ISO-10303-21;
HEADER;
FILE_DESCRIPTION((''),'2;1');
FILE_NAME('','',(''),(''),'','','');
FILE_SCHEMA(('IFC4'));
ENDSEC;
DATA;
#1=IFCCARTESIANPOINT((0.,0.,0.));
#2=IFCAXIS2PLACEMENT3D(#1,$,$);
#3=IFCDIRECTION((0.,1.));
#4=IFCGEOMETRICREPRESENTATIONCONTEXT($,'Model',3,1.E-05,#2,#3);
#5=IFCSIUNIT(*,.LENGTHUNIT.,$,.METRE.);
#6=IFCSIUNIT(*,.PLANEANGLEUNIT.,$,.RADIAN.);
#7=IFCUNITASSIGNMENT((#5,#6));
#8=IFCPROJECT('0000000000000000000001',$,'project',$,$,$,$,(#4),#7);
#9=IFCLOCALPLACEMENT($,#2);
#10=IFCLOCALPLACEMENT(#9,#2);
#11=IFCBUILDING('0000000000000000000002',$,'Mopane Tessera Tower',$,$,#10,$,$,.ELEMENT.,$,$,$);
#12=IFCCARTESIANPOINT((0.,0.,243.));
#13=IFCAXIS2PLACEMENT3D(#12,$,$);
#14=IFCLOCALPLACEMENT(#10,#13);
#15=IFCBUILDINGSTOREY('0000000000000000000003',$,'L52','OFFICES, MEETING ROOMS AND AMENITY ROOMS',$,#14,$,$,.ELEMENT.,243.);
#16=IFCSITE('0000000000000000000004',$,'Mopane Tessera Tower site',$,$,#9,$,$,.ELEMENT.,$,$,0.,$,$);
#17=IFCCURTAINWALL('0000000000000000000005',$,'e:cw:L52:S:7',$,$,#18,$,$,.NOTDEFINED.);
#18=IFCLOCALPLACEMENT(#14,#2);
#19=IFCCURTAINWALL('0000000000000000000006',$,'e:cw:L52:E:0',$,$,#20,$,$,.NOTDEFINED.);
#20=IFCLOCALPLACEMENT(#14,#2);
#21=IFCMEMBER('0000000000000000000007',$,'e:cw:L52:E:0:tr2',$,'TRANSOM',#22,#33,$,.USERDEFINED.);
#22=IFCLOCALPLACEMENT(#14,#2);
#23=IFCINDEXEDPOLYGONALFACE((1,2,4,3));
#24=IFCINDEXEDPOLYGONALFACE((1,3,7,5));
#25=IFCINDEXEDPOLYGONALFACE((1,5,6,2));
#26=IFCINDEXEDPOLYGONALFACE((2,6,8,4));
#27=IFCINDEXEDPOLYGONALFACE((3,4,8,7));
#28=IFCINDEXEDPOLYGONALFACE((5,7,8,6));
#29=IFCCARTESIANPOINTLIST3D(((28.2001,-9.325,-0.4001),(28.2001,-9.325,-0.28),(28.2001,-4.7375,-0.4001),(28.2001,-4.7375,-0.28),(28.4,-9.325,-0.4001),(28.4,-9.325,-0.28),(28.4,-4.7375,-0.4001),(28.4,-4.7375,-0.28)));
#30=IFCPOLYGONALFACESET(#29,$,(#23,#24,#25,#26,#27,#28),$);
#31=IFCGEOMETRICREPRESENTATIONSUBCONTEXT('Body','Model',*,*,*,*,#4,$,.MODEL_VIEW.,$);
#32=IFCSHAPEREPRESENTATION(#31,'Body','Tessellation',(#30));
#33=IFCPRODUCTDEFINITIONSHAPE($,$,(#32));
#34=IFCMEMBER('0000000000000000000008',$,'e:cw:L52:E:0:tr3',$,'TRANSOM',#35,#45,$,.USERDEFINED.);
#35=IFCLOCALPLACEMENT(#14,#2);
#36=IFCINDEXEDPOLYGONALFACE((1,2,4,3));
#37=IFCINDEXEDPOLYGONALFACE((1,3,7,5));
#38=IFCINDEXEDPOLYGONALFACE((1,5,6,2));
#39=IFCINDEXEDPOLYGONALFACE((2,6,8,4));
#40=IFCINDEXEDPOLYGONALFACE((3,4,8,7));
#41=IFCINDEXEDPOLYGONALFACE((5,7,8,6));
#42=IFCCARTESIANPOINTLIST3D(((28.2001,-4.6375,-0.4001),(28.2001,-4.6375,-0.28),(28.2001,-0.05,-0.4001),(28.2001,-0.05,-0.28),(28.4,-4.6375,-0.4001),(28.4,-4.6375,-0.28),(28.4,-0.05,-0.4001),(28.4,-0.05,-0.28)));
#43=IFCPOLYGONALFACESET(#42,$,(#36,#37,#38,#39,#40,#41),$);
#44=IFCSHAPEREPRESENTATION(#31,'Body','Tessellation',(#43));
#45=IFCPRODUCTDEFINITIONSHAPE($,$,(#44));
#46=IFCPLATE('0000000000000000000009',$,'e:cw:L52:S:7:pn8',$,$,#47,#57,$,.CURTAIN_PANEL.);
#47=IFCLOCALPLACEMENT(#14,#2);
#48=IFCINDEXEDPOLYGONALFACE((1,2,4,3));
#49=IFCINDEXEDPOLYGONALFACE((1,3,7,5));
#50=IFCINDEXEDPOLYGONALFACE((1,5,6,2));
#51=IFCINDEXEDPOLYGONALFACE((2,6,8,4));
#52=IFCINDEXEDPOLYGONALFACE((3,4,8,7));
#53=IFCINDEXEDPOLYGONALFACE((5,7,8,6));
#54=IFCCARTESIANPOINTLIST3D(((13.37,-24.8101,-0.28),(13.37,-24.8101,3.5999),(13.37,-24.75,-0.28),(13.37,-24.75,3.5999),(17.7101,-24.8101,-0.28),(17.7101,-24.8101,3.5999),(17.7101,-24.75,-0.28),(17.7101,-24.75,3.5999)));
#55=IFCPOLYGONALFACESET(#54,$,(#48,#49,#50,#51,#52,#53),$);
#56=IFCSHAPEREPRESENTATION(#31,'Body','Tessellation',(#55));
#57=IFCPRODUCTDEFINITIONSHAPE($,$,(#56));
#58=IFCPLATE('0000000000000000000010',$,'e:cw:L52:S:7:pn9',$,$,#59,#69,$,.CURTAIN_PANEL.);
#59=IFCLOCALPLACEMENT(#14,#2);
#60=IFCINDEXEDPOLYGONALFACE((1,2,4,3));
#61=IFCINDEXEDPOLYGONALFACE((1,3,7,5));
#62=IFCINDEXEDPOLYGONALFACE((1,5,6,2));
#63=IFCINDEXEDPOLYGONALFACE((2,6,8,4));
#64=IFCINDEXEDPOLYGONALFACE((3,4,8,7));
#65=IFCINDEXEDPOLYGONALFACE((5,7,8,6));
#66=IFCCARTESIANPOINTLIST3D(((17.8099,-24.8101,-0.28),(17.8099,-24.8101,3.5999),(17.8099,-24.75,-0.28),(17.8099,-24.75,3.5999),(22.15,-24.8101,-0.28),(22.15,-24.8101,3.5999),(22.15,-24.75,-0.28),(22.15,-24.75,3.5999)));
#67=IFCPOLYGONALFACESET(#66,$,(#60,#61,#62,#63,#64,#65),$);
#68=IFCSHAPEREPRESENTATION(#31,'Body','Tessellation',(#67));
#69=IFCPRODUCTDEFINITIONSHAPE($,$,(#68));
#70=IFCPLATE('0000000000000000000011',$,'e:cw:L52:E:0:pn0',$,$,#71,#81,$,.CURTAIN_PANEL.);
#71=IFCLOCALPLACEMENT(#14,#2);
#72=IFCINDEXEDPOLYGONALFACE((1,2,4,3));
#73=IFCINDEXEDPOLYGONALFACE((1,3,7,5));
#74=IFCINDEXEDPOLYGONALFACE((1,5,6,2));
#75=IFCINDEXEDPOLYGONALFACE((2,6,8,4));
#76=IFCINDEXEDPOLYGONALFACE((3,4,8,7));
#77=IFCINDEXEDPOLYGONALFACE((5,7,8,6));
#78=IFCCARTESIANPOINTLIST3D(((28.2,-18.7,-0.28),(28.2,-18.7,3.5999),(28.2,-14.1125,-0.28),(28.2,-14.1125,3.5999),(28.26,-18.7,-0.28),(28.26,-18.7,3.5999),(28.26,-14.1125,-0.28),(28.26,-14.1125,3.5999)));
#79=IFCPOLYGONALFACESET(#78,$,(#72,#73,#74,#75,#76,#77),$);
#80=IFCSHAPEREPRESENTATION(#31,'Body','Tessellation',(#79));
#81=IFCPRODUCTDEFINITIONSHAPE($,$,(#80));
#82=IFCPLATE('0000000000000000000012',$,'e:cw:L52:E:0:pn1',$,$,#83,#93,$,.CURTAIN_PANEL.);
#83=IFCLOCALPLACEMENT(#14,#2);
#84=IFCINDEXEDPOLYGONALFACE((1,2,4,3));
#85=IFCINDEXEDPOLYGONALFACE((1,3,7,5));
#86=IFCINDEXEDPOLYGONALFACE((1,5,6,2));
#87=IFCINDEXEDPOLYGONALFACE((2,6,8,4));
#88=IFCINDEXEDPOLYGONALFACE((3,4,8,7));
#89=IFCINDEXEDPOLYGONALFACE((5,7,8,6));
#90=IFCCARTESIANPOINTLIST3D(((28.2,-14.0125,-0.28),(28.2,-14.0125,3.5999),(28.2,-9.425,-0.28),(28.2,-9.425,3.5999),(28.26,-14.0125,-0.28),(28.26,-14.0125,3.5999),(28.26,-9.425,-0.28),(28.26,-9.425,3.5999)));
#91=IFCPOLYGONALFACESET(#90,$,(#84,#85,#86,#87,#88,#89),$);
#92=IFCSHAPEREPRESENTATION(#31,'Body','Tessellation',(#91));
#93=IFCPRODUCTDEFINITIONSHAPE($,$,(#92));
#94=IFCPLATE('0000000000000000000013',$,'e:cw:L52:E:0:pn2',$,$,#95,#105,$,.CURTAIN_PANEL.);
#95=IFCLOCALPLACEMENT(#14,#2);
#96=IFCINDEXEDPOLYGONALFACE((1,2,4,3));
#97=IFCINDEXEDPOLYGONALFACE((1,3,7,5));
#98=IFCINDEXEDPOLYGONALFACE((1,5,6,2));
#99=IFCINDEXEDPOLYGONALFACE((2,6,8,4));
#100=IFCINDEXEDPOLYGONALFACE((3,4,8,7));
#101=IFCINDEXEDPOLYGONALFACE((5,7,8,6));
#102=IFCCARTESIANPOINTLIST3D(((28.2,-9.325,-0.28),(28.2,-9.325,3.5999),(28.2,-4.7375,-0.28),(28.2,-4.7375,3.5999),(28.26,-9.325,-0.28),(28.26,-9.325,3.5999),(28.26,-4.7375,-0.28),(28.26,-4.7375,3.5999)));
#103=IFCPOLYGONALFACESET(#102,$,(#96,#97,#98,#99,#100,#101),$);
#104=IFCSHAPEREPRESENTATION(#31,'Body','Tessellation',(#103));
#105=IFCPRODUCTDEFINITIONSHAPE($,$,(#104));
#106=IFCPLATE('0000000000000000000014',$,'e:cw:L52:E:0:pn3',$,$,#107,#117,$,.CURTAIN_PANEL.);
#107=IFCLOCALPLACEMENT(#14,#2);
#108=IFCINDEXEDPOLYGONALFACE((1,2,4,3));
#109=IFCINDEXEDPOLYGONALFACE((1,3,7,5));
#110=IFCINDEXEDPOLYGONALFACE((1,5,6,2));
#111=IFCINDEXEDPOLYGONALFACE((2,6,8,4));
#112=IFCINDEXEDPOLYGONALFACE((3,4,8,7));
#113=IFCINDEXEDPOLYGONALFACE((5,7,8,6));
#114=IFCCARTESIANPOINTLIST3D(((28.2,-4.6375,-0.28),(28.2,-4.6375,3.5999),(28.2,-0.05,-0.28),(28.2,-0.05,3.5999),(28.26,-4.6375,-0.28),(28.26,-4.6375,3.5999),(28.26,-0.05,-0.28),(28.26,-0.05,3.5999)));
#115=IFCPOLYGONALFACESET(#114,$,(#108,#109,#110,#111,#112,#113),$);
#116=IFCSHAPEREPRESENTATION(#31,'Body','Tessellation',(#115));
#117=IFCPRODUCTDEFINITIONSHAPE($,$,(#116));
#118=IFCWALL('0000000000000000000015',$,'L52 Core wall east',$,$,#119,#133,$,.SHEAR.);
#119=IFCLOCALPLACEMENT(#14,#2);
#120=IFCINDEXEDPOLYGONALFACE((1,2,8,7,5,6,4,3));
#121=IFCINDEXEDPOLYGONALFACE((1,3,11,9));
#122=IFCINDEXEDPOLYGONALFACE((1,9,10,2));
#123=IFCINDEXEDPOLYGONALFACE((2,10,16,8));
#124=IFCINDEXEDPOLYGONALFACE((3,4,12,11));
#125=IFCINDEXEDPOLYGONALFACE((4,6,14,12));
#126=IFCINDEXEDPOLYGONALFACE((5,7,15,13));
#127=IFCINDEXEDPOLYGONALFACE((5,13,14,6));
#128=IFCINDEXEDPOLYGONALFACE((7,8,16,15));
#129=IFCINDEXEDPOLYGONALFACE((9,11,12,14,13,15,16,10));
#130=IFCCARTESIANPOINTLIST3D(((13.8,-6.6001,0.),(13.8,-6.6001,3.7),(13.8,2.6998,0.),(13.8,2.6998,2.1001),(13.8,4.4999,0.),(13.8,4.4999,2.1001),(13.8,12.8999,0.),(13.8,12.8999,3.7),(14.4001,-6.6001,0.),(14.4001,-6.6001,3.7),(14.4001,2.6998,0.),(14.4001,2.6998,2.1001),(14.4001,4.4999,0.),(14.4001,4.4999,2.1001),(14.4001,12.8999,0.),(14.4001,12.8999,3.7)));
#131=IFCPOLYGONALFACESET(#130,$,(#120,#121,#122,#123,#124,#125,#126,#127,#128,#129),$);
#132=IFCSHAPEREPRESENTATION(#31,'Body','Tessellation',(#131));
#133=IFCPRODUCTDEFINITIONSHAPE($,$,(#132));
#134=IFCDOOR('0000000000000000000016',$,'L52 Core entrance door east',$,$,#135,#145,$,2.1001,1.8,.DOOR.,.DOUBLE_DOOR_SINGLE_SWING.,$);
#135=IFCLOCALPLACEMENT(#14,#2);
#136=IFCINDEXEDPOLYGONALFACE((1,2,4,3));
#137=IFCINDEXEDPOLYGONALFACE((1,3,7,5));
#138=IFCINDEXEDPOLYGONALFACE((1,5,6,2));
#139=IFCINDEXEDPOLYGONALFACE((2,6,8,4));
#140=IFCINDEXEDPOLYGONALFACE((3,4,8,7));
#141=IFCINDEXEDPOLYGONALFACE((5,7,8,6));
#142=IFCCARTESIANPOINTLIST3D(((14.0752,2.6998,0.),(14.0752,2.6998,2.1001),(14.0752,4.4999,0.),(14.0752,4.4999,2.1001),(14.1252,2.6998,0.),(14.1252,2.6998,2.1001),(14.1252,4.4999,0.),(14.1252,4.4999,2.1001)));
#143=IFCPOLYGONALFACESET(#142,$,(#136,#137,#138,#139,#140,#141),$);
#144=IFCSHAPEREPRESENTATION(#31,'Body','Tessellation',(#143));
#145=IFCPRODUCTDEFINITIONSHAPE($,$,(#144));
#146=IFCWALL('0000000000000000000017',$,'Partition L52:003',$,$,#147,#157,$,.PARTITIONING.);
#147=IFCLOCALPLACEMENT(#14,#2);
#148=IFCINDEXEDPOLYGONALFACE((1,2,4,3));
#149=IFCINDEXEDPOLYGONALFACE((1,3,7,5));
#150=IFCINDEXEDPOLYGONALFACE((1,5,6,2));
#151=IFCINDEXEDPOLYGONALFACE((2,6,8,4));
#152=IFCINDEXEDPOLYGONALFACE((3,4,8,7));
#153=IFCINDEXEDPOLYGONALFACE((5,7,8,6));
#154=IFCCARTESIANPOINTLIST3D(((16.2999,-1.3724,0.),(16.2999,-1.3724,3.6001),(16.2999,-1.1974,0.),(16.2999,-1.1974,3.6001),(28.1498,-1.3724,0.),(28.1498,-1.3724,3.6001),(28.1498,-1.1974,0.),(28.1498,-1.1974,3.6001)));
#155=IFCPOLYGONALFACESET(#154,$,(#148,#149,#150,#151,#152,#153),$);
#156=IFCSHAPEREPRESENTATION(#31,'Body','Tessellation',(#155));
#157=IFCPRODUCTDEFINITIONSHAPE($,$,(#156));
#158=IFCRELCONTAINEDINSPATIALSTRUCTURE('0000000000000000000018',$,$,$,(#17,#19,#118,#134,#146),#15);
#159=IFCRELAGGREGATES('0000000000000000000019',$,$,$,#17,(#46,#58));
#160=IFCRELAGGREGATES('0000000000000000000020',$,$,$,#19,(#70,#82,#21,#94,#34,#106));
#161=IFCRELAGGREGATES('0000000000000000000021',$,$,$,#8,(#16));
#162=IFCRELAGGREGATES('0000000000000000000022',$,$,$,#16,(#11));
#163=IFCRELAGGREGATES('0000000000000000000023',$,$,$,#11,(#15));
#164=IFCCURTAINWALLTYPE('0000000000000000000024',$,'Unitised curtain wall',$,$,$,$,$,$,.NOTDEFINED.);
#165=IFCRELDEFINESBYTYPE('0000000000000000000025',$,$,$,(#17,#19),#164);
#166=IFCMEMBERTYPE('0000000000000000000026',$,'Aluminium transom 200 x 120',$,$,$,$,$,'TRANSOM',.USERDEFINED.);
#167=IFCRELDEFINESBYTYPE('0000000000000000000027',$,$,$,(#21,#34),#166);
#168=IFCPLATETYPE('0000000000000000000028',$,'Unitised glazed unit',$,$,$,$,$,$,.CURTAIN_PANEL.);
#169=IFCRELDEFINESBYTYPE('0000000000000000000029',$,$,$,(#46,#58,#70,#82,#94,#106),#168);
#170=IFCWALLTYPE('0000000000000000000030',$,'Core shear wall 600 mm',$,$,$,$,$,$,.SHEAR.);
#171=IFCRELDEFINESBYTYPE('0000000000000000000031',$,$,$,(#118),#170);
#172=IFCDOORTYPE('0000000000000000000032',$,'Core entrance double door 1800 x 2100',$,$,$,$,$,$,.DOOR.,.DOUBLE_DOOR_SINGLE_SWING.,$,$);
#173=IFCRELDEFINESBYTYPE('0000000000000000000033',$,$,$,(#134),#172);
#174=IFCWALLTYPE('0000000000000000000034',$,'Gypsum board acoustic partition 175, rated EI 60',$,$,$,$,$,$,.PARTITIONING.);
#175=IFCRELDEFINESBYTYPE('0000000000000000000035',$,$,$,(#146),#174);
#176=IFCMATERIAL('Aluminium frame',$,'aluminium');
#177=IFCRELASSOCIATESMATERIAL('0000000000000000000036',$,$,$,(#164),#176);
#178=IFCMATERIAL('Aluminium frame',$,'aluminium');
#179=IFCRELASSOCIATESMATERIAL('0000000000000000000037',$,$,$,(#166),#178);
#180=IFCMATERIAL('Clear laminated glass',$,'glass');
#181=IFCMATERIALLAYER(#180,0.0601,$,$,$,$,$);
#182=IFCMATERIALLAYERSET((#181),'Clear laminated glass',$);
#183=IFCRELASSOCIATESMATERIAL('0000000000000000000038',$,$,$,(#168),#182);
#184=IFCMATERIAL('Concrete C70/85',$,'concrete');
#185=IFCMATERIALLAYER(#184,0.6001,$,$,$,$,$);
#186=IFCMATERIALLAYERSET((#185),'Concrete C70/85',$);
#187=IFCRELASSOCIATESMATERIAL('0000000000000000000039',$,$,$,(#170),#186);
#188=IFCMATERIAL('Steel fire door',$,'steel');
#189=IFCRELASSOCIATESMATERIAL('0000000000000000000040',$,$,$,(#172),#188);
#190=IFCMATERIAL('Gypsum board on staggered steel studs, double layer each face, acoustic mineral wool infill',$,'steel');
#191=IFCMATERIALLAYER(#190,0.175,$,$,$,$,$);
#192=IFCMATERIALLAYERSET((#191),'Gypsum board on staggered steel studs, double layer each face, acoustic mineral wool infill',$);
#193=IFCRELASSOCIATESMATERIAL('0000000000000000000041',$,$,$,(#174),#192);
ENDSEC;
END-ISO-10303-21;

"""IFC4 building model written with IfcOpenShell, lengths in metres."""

from ifc_helpers import new_model, si_unit, direction, frame, frame_2d, origin, origin_2d, place, context, subcontext, project, spatial, rectangle, extrude, material, layer, layer_set, material_profile, profile_set, type_object, element, fill, aggregate, save


model = new_model("IFC4")

# Units and contexts
model_context = context("Model", 3, precision=1e-05, world=origin(), true_north=direction((0.0, 1.0)))
body_context = subcontext(model_context, "Body", "Model", "MODEL_VIEW")
ifc_project = project(units=[si_unit("LENGTHUNIT", "METRE"), si_unit("PLANEANGLEUNIT", "RADIAN")], contexts=[model_context])

# Site, building, storey
site_placement = place(None, origin())
site = spatial("IfcSite", under=ifc_project, at=site_placement, Name="Mopane Tessera Tower site", CompositionType="ELEMENT", RefElevation=0.0)
building_placement = place(site_placement, origin())
building = spatial("IfcBuilding", under=site, at=building_placement, Name="Mopane Tessera Tower", CompositionType="ELEMENT")
storey_placement = place(building_placement, frame((0.0, 0.0, 243.0)))
storey = spatial("IfcBuildingStorey", under=building, at=storey_placement, Name="L52", Description="OFFICES, MEETING ROOMS AND AMENITY ROOMS", CompositionType="ELEMENT", Elevation=243.0)

# Curtain walls
ifc_material_1 = material(Name="Aluminium frame", Category="aluminium")
curtain_wall_type = type_object("IfcCurtainWallType", Name="Unitised curtain wall", PredefinedType="NOTDEFINED", material=ifc_material_1)
curtain_wall_1_placement = place(storey_placement, origin())
curtain_wall_1 = element("IfcCurtainWall", 1, at=curtain_wall_1_placement, inside=storey, type_object=curtain_wall_type, Name="e:cw:L52:S:7", PredefinedType="NOTDEFINED")
curtain_wall_2_placement = place(storey_placement, origin())
curtain_wall_2 = element("IfcCurtainWall", 2, at=curtain_wall_2_placement, inside=storey, type_object=curtain_wall_type, Name="e:cw:L52:E:0", PredefinedType="NOTDEFINED")

# Members
ifc_material_2 = material(Name="Aluminium frame", Category="aluminium")
ifc_material_profile_1 = material_profile(ifc_material_2, rectangle(XDim=0.2, YDim=0.1201, at=origin_2d()))
ifc_profile_set_1 = profile_set([ifc_material_profile_1], Name="Aluminium frame")
member_type_1 = type_object("IfcMemberType", Name="Aluminium transom 200 x 120", ElementType="TRANSOM", PredefinedType="USERDEFINED", material=ifc_profile_set_1)
member_1_placement = place(storey_placement, frame((28.3, -9.325, -0.3401), z_axis=(0.0, 1.0, 0.0), x_axis=(-1.0, 0.0, 0.0)))
member_1 = element("IfcMember", 3, at=member_1_placement, type_object=member_type_1, Name="e:cw:L52:E:0:tr2", ObjectType="TRANSOM", PredefinedType="USERDEFINED", context=body_context, shape_type="SweptSolid", body=[
    extrude(rectangle(XDim=0.2, YDim=0.1201, at=origin_2d()), origin(), (0.0, 0.0, 1.0), 4.5874),
])
member_2_placement = place(storey_placement, frame((28.3, -4.6375, -0.3401), z_axis=(0.0, 1.0, 0.0), x_axis=(-1.0, 0.0, 0.0)))
member_2 = element("IfcMember", 4, at=member_2_placement, type_object=member_type_1, Name="e:cw:L52:E:0:tr3", ObjectType="TRANSOM", PredefinedType="USERDEFINED", context=body_context, shape_type="SweptSolid", body=[
    extrude(rectangle(XDim=0.2, YDim=0.1201, at=origin_2d()), origin(), (0.0, 0.0, 1.0), 4.5874),
])

# Plates
ifc_material_3 = material(Name="Clear laminated glass", Category="glass")
ifc_layer_1 = layer(ifc_material_3, 0.0601)
ifc_layer_set_1 = layer_set([ifc_layer_1], Name="Clear laminated glass")
plate_type = type_object("IfcPlateType", Name="Unitised glazed unit", PredefinedType="CURTAIN_PANEL", material=ifc_layer_set_1)
plate_1_placement = place(storey_placement, frame((15.54, -24.78, -0.28), z_axis=(0.0, 0.0, 1.0), x_axis=(1.0, 0.0, 0.0)))
plate_1 = element("IfcPlate", 5, at=plate_1_placement, type_object=plate_type, Name="e:cw:L52:S:7:pn8", PredefinedType="CURTAIN_PANEL", context=body_context, shape_type="SweptSolid", body=[
    extrude(rectangle(XDim=4.3401, YDim=0.0601, at=origin_2d()), origin(), (0.0, 0.0, 1.0), 3.8799),
])
plate_2_placement = place(storey_placement, frame((19.98, -24.78, -0.28), z_axis=(0.0, 0.0, 1.0), x_axis=(1.0, 0.0, 0.0)))
plate_2 = element("IfcPlate", 6, at=plate_2_placement, type_object=plate_type, Name="e:cw:L52:S:7:pn9", PredefinedType="CURTAIN_PANEL", context=body_context, shape_type="SweptSolid", body=[
    extrude(rectangle(XDim=4.3401, YDim=0.0601, at=origin_2d()), origin(), (0.0, 0.0, 1.0), 3.8799),
])
aggregate(curtain_wall_1, [plate_1, plate_2])
plate_3_placement = place(storey_placement, frame((28.23, -16.4062, -0.28), z_axis=(0.0, 0.0, 1.0), x_axis=(0.0, 1.0, 0.0)))
plate_3 = element("IfcPlate", 7, at=plate_3_placement, type_object=plate_type, Name="e:cw:L52:E:0:pn0", PredefinedType="CURTAIN_PANEL", context=body_context, shape_type="SweptSolid", body=[
    extrude(rectangle(XDim=4.5874, YDim=0.0601, at=origin_2d()), origin(), (0.0, 0.0, 1.0), 3.8799),
])
plate_4_placement = place(storey_placement, frame((28.23, -11.7188, -0.28), z_axis=(0.0, 0.0, 1.0), x_axis=(0.0, 1.0, 0.0)))
plate_4 = element("IfcPlate", 8, at=plate_4_placement, type_object=plate_type, Name="e:cw:L52:E:0:pn1", PredefinedType="CURTAIN_PANEL", context=body_context, shape_type="SweptSolid", body=[
    extrude(rectangle(XDim=4.5874, YDim=0.0601, at=origin_2d()), origin(), (0.0, 0.0, 1.0), 3.8799),
])
plate_5_placement = place(storey_placement, frame((28.23, -7.0312, -0.28), z_axis=(0.0, 0.0, 1.0), x_axis=(0.0, 1.0, 0.0)))
plate_5 = element("IfcPlate", 9, at=plate_5_placement, type_object=plate_type, Name="e:cw:L52:E:0:pn2", PredefinedType="CURTAIN_PANEL", context=body_context, shape_type="SweptSolid", body=[
    extrude(rectangle(XDim=4.5874, YDim=0.0601, at=origin_2d()), origin(), (0.0, 0.0, 1.0), 3.8799),
])
plate_6_placement = place(storey_placement, frame((28.23, -2.3438, -0.28), z_axis=(0.0, 0.0, 1.0), x_axis=(0.0, 1.0, 0.0)))
plate_6 = element("IfcPlate", 10, at=plate_6_placement, type_object=plate_type, Name="e:cw:L52:E:0:pn3", PredefinedType="CURTAIN_PANEL", context=body_context, shape_type="SweptSolid", body=[
    extrude(rectangle(XDim=4.5874, YDim=0.0601, at=origin_2d()), origin(), (0.0, 0.0, 1.0), 3.8799),
])
aggregate(curtain_wall_2, [plate_3, plate_4, member_1, plate_5, member_2, plate_6])

# Wall, opening, door
ifc_material_4 = material(Name="Concrete C70/85", Category="concrete")
ifc_layer_2 = layer(ifc_material_4, 0.6001)
ifc_layer_set_2 = layer_set([ifc_layer_2], Name="Concrete C70/85")
wall_type_1 = type_object("IfcWallType", Name="Core shear wall 600 mm", PredefinedType="SHEAR", material=ifc_layer_set_2)
wall_1_placement = place(storey_placement, frame((14.1001, -6.6001, 0.0), z_axis=(0.0, 0.0, 1.0), x_axis=(0.0, 1.0, 0.0)))
wall_1 = element("IfcWall", 11, at=wall_1_placement, inside=storey, type_object=wall_type_1, Name="L52 Core wall east", PredefinedType="SHEAR", context=body_context, shape_type="SweptSolid", body=[
    extrude(rectangle(XDim=19.5, YDim=0.6001, at=frame_2d((9.75, 0.0))), origin(), (0.0, 0.0, 1.0), 3.7),
])
opening_1_placement = place(wall_1_placement, frame((9.3, 0.0, 0.0)))
opening_1 = element("IfcOpeningElement", 12, at=opening_1_placement, cuts=wall_1, PredefinedType="OPENING", context=body_context, shape_type="SweptSolid", body=[
    extrude(rectangle(XDim=1.8, YDim=2.1001, at=frame_2d((0.8999, 1.05))), frame((0.0, 0.312, 0.0), z_axis=(0.0, -1.0, 0.0), x_axis=(1.0, 0.0, 0.0)), (0.0, 0.0, 1.0), 0.624),
])
ifc_material_5 = material(Name="Steel fire door", Category="steel")
door_type_1 = type_object("IfcDoorType", Name="Core entrance double door 1800 x 2100", OperationType="DOUBLE_DOOR_SINGLE_SWING", PredefinedType="DOOR", material=ifc_material_5)
door_1_placement = place(opening_1_placement, origin())
door_1 = element("IfcDoor", 13, at=door_1_placement, inside=storey, type_object=door_type_1, Name="L52 Core entrance door east", OperationType="DOUBLE_DOOR_SINGLE_SWING", OverallHeight=2.1001, OverallWidth=1.8, PredefinedType="DOOR", context=body_context, shape_type="SweptSolid", body=[
    extrude(rectangle(XDim=1.8, YDim=2.1001, at=frame_2d((0.8999, 1.05))), frame((0.0, 0.0249, 0.0), z_axis=(0.0, -1.0, 0.0), x_axis=(1.0, 0.0, 0.0)), (0.0, 0.0, 1.0), 0.05),
])
fill(opening_1, door_1)

# Wall
ifc_material_6 = material(Name="Gypsum board on staggered steel studs, double layer each face, acoustic mineral wool infill", Category="steel")
ifc_layer_3 = layer(ifc_material_6, 0.175)
ifc_layer_set_3 = layer_set([ifc_layer_3], Name="Gypsum board on staggered steel studs, double layer each face, acoustic mineral wool infill")
wall_type_2 = type_object("IfcWallType", Name="Gypsum board acoustic partition 175, rated EI 60", PredefinedType="PARTITIONING", material=ifc_layer_set_3)
wall_2_placement = place(storey_placement, frame((16.3, -1.2849, 0.0), z_axis=(0.0, 0.0, 1.0), x_axis=(1.0, 0.0, 0.0)))
element("IfcWall", 14, at=wall_2_placement, inside=storey, type_object=wall_type_2, Name="Partition L52:003", PredefinedType="PARTITIONING", context=body_context, shape_type="SweptSolid", body=[
    extrude(rectangle(XDim=11.8499, YDim=0.175, at=frame_2d((5.9248, 0.0))), origin(), (0.0, 0.0, 1.0), 3.6001),
])

save(model, "model.ifc")
